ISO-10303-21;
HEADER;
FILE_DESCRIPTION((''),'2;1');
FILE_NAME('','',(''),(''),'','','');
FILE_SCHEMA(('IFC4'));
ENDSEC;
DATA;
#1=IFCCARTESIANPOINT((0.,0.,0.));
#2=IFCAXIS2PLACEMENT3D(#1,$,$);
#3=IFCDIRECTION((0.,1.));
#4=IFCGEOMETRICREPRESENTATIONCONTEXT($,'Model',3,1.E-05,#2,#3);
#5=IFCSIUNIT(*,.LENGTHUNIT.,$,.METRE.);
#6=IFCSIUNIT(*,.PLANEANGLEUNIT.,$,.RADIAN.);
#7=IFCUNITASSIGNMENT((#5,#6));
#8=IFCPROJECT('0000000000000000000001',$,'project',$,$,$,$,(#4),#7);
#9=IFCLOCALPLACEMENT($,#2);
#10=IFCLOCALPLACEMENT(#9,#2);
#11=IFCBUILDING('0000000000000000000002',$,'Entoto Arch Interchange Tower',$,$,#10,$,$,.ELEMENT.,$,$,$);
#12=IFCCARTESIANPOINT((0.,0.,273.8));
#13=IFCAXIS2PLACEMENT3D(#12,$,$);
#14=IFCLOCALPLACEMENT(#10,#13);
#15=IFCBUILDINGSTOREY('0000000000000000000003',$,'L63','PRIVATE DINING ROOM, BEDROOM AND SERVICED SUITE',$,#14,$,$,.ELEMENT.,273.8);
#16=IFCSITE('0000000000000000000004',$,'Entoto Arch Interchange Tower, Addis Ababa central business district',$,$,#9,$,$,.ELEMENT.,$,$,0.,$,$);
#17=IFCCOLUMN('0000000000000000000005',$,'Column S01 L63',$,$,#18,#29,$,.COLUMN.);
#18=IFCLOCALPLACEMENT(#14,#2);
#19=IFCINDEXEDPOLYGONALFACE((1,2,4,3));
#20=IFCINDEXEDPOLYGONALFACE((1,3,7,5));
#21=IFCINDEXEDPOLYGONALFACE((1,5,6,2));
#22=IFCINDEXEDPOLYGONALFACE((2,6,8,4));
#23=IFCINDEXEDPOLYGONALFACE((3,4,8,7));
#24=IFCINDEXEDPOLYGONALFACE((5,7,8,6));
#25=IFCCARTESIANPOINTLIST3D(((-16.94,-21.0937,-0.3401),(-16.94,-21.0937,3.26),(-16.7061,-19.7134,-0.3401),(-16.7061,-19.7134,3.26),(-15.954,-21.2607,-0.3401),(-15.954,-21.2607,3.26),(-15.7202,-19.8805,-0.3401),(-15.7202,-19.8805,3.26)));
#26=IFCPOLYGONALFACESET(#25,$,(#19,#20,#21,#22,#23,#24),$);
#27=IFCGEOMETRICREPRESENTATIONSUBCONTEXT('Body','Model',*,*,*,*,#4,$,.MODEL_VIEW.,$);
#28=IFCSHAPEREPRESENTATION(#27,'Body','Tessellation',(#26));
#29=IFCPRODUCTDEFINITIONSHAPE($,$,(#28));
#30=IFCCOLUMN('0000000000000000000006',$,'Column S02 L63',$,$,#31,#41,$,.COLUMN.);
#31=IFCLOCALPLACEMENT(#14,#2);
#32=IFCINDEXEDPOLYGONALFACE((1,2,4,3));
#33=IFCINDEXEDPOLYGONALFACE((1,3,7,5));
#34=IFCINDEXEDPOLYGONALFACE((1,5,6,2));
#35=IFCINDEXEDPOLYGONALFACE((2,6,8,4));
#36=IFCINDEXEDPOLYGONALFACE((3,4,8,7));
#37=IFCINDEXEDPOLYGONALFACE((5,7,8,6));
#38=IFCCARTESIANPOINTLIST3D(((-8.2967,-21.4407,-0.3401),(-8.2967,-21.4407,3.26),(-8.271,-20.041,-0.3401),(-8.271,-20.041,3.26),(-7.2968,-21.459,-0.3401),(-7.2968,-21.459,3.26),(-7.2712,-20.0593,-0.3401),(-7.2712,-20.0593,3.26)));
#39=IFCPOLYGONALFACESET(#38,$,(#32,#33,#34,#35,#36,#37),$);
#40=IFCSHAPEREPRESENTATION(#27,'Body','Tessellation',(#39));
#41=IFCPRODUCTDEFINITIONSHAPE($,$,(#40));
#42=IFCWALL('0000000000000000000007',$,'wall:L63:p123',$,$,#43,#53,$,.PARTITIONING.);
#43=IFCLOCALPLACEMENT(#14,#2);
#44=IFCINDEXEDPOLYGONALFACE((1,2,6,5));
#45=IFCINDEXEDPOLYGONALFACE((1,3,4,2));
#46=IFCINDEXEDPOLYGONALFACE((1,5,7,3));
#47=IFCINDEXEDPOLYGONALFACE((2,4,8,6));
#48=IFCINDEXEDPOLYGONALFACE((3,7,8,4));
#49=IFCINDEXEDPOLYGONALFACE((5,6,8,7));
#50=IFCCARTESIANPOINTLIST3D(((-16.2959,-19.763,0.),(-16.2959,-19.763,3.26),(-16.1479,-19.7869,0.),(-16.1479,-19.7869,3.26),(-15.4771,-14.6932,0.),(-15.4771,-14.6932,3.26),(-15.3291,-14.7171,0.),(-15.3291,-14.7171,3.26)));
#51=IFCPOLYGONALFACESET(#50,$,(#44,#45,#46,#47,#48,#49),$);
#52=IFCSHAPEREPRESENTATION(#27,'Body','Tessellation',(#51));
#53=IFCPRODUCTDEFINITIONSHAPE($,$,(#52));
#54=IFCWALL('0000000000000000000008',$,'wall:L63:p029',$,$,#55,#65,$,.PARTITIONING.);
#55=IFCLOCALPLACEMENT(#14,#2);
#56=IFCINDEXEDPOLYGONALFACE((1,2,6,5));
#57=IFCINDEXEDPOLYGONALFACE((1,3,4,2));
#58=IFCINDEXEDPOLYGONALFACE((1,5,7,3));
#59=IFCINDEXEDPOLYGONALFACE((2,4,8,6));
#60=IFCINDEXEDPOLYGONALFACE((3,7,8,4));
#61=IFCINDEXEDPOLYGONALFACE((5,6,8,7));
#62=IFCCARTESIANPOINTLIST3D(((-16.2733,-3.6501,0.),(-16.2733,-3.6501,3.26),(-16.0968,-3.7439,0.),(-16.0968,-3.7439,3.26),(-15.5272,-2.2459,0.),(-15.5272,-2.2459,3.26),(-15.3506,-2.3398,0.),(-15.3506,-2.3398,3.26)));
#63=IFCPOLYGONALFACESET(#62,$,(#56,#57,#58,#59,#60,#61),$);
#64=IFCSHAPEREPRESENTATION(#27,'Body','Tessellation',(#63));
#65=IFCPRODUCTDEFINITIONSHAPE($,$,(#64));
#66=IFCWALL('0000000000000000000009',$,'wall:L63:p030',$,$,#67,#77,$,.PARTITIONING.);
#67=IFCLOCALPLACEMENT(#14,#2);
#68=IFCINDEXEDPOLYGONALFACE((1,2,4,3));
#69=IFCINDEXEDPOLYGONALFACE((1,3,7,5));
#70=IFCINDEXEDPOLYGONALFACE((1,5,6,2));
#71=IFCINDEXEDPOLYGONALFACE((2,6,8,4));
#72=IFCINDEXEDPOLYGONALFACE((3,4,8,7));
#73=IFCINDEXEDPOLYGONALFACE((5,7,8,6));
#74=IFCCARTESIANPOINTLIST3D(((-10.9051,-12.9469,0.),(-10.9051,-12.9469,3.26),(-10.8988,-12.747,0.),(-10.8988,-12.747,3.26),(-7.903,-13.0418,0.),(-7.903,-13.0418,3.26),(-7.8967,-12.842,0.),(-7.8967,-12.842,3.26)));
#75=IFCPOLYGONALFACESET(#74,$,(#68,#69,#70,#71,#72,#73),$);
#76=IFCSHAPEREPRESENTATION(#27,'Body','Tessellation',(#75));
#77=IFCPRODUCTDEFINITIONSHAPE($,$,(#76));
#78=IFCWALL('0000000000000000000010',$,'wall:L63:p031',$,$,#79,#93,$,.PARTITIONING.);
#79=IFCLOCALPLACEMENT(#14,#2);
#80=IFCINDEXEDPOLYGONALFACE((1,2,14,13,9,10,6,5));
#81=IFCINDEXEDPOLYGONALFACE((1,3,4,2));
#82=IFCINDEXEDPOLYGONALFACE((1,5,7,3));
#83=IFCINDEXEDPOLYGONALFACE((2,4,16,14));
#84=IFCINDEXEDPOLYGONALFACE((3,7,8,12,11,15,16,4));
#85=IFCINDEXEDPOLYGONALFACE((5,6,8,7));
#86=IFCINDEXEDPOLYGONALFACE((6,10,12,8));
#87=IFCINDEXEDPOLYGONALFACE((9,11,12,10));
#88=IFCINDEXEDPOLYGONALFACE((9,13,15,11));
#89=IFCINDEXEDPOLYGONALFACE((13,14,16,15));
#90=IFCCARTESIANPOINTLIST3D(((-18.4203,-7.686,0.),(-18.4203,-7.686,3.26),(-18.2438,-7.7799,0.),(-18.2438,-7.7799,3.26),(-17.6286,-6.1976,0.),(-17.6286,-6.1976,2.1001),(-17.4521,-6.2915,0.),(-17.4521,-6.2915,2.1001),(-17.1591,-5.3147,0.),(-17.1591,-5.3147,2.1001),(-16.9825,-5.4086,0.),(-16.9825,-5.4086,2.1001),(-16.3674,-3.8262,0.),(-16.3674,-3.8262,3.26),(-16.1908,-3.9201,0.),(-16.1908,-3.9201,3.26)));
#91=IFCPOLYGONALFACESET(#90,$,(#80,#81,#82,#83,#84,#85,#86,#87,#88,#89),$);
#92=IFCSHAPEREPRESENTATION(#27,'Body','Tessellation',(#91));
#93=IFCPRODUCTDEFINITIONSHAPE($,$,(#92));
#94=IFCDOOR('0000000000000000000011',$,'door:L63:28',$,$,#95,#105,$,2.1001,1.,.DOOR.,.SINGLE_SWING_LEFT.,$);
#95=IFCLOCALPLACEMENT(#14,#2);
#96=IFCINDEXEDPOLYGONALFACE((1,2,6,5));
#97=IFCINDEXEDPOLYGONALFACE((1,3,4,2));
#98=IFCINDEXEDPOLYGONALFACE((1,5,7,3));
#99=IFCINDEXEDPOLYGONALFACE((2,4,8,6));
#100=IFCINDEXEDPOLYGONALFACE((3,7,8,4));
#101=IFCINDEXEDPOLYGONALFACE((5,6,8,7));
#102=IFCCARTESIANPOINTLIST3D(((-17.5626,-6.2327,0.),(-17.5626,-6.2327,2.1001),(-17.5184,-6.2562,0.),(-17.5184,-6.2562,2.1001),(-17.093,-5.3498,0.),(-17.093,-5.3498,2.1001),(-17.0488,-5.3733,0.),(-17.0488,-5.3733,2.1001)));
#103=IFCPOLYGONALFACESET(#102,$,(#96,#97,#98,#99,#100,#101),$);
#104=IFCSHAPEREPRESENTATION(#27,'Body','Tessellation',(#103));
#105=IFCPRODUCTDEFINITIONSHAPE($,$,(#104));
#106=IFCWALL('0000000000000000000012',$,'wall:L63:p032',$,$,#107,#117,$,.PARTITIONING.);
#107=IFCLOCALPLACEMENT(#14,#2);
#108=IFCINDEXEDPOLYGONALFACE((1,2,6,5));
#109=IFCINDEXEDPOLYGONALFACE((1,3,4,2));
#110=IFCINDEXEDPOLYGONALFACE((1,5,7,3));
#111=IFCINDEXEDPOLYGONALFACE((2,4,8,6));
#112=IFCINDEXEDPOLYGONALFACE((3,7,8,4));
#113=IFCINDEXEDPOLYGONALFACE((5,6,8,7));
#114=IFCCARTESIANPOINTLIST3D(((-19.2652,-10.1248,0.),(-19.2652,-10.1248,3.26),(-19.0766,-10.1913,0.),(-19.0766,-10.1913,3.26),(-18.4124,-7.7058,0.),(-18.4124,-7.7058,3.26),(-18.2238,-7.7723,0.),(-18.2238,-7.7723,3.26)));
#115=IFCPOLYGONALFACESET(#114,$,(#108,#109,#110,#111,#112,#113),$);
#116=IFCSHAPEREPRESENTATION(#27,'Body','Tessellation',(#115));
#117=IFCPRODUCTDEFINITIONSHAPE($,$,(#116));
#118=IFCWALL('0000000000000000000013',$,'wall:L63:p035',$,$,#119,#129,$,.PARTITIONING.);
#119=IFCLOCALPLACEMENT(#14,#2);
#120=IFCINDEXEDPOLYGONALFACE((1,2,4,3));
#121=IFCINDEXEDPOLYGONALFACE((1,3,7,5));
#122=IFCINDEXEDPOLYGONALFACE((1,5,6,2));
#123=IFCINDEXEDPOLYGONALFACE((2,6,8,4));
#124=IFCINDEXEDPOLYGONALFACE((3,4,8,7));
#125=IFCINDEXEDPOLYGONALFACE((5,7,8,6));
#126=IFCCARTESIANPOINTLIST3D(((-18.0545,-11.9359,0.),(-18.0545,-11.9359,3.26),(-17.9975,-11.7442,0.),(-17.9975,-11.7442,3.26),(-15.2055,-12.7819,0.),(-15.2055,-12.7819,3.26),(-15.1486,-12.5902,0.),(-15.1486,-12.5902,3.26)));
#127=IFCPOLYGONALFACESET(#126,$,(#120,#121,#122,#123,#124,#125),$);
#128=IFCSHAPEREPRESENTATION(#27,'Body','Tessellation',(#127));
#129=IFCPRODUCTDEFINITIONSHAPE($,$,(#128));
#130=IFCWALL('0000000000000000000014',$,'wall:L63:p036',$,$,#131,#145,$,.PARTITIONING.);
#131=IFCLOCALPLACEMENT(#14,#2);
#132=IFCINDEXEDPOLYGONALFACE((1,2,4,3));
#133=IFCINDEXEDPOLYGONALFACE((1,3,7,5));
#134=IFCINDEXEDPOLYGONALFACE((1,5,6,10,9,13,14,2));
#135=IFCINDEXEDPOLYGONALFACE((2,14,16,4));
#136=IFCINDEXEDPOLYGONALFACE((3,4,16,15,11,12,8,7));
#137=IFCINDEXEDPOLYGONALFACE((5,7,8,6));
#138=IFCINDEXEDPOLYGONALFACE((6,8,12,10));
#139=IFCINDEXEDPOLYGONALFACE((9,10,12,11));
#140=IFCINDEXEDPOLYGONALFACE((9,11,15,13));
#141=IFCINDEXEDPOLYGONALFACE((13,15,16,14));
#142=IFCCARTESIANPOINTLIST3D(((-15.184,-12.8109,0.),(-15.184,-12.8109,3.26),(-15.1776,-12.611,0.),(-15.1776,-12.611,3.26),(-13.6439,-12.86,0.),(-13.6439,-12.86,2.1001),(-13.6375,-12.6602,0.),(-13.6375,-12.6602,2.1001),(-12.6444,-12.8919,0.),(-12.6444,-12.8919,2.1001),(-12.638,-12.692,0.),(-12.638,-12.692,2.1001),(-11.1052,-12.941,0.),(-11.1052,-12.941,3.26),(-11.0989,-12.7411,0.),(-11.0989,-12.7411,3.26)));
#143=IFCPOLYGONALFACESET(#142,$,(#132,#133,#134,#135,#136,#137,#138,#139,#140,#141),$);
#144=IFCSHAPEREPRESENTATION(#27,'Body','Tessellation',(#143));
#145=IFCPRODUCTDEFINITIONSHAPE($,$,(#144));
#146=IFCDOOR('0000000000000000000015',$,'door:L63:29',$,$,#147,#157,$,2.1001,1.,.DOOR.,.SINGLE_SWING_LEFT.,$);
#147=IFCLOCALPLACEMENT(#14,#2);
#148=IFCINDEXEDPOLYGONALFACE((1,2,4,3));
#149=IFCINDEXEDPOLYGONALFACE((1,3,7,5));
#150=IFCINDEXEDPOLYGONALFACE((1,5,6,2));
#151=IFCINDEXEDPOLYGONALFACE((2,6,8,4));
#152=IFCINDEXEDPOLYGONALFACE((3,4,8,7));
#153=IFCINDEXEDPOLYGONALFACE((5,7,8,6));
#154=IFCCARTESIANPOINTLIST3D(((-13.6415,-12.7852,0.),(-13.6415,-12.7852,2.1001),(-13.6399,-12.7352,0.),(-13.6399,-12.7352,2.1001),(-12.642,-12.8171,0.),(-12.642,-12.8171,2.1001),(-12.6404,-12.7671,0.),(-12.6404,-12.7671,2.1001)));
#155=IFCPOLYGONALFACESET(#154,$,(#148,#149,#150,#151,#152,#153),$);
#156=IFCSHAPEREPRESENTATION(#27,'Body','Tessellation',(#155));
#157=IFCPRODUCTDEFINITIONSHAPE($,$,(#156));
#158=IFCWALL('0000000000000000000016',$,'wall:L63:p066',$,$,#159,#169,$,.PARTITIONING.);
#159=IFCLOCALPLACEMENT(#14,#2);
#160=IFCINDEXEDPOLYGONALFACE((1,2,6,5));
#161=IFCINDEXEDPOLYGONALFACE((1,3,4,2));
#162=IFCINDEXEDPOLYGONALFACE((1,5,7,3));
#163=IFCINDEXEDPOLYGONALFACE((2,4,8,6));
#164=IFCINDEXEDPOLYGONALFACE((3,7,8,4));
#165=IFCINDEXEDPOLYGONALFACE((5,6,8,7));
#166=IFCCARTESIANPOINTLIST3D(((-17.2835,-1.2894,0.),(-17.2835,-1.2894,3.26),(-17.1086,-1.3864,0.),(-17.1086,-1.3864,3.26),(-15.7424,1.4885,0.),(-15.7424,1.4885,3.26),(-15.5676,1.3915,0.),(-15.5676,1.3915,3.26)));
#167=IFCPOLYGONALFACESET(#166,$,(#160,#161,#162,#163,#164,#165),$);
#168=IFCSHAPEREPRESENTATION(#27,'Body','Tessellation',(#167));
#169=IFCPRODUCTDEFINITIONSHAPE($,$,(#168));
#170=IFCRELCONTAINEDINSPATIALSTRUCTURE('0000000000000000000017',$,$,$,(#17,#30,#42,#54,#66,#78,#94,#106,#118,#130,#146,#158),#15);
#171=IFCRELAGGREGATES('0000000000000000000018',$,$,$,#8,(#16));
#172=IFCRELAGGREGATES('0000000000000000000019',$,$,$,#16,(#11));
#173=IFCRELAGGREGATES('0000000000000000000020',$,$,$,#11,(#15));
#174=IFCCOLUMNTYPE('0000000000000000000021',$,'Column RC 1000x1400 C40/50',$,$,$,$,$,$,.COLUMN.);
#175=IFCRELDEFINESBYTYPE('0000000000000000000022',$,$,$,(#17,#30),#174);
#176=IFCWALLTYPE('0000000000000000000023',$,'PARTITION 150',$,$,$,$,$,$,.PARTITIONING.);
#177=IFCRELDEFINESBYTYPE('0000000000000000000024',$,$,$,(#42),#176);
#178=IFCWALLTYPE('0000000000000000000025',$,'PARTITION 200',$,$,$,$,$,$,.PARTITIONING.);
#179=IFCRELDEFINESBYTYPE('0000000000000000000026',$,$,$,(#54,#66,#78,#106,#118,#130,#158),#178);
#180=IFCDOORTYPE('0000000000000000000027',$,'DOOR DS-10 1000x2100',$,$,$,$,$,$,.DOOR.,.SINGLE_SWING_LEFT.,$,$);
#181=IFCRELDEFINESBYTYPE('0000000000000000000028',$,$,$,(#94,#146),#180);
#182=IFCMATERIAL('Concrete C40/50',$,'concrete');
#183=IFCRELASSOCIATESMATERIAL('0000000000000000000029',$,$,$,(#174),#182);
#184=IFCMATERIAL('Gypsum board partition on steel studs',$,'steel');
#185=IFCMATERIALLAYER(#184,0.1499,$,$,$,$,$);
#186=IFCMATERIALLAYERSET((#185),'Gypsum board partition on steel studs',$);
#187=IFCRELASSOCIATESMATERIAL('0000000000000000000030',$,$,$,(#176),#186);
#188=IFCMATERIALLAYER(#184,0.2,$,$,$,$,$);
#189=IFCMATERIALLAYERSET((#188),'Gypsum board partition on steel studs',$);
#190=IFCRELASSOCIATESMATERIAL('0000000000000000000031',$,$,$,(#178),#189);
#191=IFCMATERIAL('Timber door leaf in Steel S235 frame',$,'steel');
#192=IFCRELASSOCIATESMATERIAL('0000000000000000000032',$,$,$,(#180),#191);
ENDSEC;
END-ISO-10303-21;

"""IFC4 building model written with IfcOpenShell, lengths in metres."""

from ifc_helpers import new_model, si_unit, direction, frame, frame_2d, origin, origin_2d, place, context, subcontext, project, spatial, rectangle, extrude, material, layer, layer_set, material_profile, profile_set, type_object, element, fill, save


model = new_model("IFC4")

# Units and contexts
model_context = context("Model", 3, precision=1e-05, world=origin(), true_north=direction((0.0, 1.0)))
body_context = subcontext(model_context, "Body", "Model", "MODEL_VIEW")
ifc_project = project(units=[si_unit("LENGTHUNIT", "METRE"), si_unit("PLANEANGLEUNIT", "RADIAN")], contexts=[model_context])

# Site, building, storey
site_placement = place(None, origin())
site = spatial("IfcSite", under=ifc_project, at=site_placement, Name="Entoto Arch Interchange Tower, Addis Ababa central business district", CompositionType="ELEMENT", RefElevation=0.0)
building_placement = place(site_placement, origin())
building = spatial("IfcBuilding", under=site, at=building_placement, Name="Entoto Arch Interchange Tower", CompositionType="ELEMENT")
storey_placement = place(building_placement, frame((0.0, 0.0, 273.8)))
storey = spatial("IfcBuildingStorey", under=building, at=storey_placement, Name="L63", Description="PRIVATE DINING ROOM, BEDROOM AND SERVICED SUITE", CompositionType="ELEMENT", Elevation=273.8)

# Columns
ifc_material_1 = material(Name="Concrete C40/50", Category="concrete")
ifc_material_profile = material_profile(ifc_material_1, rectangle(XDim=1.0, YDim=1.3999, at=origin_2d()))
ifc_profile_set = profile_set([ifc_material_profile], Name="Concrete C40/50")
column_type = type_object("IfcColumnType", Name="Column RC 1000x1400 C40/50", PredefinedType="COLUMN", material=ifc_profile_set)
for number, where, z_axis, x_axis, name in (
    (1, (-16.3301, -20.4871, -0.3401), (0.0, 0.0, 1.0), (-0.985952, 0.167027, 0.0), "Column S01 L63"),
    (2, (-7.7839, -20.75, -0.3401), (0.0, 0.0, 1.0), (-0.999833, 0.01829, 0.0), "Column S02 L63"),
):
    element("IfcColumn", number, at=place(storey_placement, frame(where, z_axis=z_axis, x_axis=x_axis)), inside=storey, type_object=column_type, Name=name, PredefinedType="COLUMN", context=body_context, shape_type="SweptSolid", body=[
        extrude(rectangle(XDim=1.0, YDim=1.3999, at=origin_2d()), origin(), (0.0, 0.0, 1.0), 3.6001),
    ])

# Walls
ifc_material_2 = material(Name="Gypsum board partition on steel studs", Category="steel")
ifc_layer_1 = layer(ifc_material_2, 0.1499)
ifc_layer_set_1 = layer_set([ifc_layer_1], Name="Gypsum board partition on steel studs")
wall_type_1 = type_object("IfcWallType", Name="PARTITION 150", PredefinedType="PARTITIONING", material=ifc_layer_set_1)
wall_1_placement = place(storey_placement, frame((-15.4031, -14.7051, 0.0), z_axis=(0.0, 0.0, 1.0), x_axis=(-0.159448, -0.987206, 0.0)))
element("IfcWall", 3, at=wall_1_placement, inside=storey, type_object=wall_type_1, Name="wall:L63:p123", PredefinedType="PARTITIONING", context=body_context, shape_type="SweptSolid", body=[
    extrude(rectangle(XDim=5.1355, YDim=0.1499, at=frame_2d((2.5679, 0.0))), origin(), (0.0, 0.0, 1.0), 3.26),
])
ifc_layer_2 = layer(ifc_material_2, 0.2)
ifc_layer_set_2 = layer_set([ifc_layer_2], Name="Gypsum board partition on steel studs")
wall_type_2 = type_object("IfcWallType", Name="PARTITION 200", PredefinedType="PARTITIONING", material=ifc_layer_set_2)
wall_2_placement = place(storey_placement, frame((-15.439, -2.293, 0.0), z_axis=(0.0, 0.0, 1.0), x_axis=(-0.469249, -0.883066, 0.0)))
element("IfcWall", 4, at=wall_2_placement, inside=storey, type_object=wall_type_2, Name="wall:L63:p029", PredefinedType="PARTITIONING", context=body_context, shape_type="SweptSolid", body=[
    extrude(rectangle(XDim=1.5901, YDim=0.2, at=frame_2d((0.7949, 0.0))), origin(), (0.0, 0.0, 1.0), 3.26),
])
wall_3_placement = place(storey_placement, frame((-10.9021, -12.8469, 0.0), z_axis=(0.0, 0.0, 1.0), x_axis=(0.9995, -0.031618, 0.0)))
element("IfcWall", 5, at=wall_3_placement, inside=storey, type_object=wall_type_2, Name="wall:L63:p030", PredefinedType="PARTITIONING", context=body_context, shape_type="SweptSolid", body=[
    extrude(rectangle(XDim=3.0037, YDim=0.2, at=frame_2d((1.502, 0.0))), origin(), (0.0, 0.0, 1.0), 3.26),
])

# Wall, opening, door
wall_4_placement = place(storey_placement, frame((-16.2791, -3.873, 0.0), z_axis=(0.0, 0.0, 1.0), x_axis=(-0.469588, -0.882886, 0.0)))
wall_4 = element("IfcWall", 6, at=wall_4_placement, inside=storey, type_object=wall_type_2, Name="wall:L63:p031", PredefinedType="PARTITIONING", context=body_context, shape_type="SweptSolid", body=[
    extrude(rectangle(XDim=4.3718, YDim=0.2, at=frame_2d((2.186, 0.0))), origin(), (0.0, 0.0, 1.0), 3.26),
])
opening_1_placement = place(wall_4_placement, frame((1.686, 0.0, 0.0)))
opening_1 = element("IfcOpeningElement", 7, at=opening_1_placement, cuts=wall_4, PredefinedType="OPENING", context=body_context, shape_type="SweptSolid", body=[
    extrude(rectangle(XDim=1.0, YDim=2.1001, at=frame_2d((0.5, 1.05))), frame((0.0, 0.1099, 0.0), z_axis=(0.0, -1.0, 0.0), x_axis=(1.0, 0.0, 0.0)), (0.0, 0.0, 1.0), 0.22),
])
ifc_material_3 = material(Name="Timber door leaf in Steel S235 frame", Category="steel")
door_type = type_object("IfcDoorType", Name="DOOR DS-10 1000x2100", OperationType="SINGLE_SWING_LEFT", PredefinedType="DOOR", material=ifc_material_3)
door_1_placement = place(opening_1_placement, origin())
door_1 = element("IfcDoor", 8, at=door_1_placement, inside=storey, type_object=door_type, Name="door:L63:28", OperationType="SINGLE_SWING_LEFT", OverallHeight=2.1001, OverallWidth=1.0, PredefinedType="DOOR", context=body_context, shape_type="SweptSolid", body=[
    extrude(rectangle(XDim=1.0, YDim=2.1001, at=frame_2d((0.5, 1.05))), frame((0.0, 0.0249, 0.0), z_axis=(0.0, -1.0, 0.0), x_axis=(1.0, 0.0, 0.0)), (0.0, 0.0, 1.0), 0.05),
])
fill(opening_1, door_1)

# Walls
wall_5_placement = place(storey_placement, frame((-18.3181, -7.739, 0.0), z_axis=(0.0, 0.0, 1.0), x_axis=(-0.332487, -0.943108, 0.0)))
element("IfcWall", 9, at=wall_5_placement, inside=storey, type_object=wall_type_2, Name="wall:L63:p032", PredefinedType="PARTITIONING", context=body_context, shape_type="SweptSolid", body=[
    extrude(rectangle(XDim=2.5649, YDim=0.2, at=frame_2d((1.2825, 0.0))), origin(), (0.0, 0.0, 1.0), 3.26),
])
wall_6_placement = place(storey_placement, frame((-18.0259, -11.8401, 0.0), z_axis=(0.0, 0.0, 1.0), x_axis=(0.95863, -0.284656, 0.0)))
element("IfcWall", 10, at=wall_6_placement, inside=storey, type_object=wall_type_2, Name="wall:L63:p035", PredefinedType="PARTITIONING", context=body_context, shape_type="SweptSolid", body=[
    extrude(rectangle(XDim=2.9719, YDim=0.2, at=frame_2d((1.4858, 0.0))), origin(), (0.0, 0.0, 1.0), 3.26),
])

# Wall, opening, door
wall_7_placement = place(storey_placement, frame((-15.1809, -12.7109, 0.0), z_axis=(0.0, 0.0, 1.0), x_axis=(0.999491, -0.031887, 0.0)))
wall_7 = element("IfcWall", 11, at=wall_7_placement, inside=storey, type_object=wall_type_2, Name="wall:L63:p036", PredefinedType="PARTITIONING", context=body_context, shape_type="SweptSolid", body=[
    extrude(rectangle(XDim=4.0808, YDim=0.2, at=frame_2d((2.0405, 0.0))), origin(), (0.0, 0.0, 1.0), 3.26),
])
opening_2_placement = place(wall_7_placement, frame((1.541, 0.0, 0.0)))
opening_2 = element("IfcOpeningElement", 12, at=opening_2_placement, cuts=wall_7, PredefinedType="OPENING", context=body_context, shape_type="SweptSolid", body=[
    extrude(rectangle(XDim=1.0, YDim=2.1001, at=frame_2d((0.5, 1.05))), frame((0.0, 0.1099, 0.0), z_axis=(0.0, -1.0, 0.0), x_axis=(1.0, 0.0, 0.0)), (0.0, 0.0, 1.0), 0.22),
])
door_2_placement = place(opening_2_placement, origin())
door_2 = element("IfcDoor", 13, at=door_2_placement, inside=storey, type_object=door_type, Name="door:L63:29", OperationType="SINGLE_SWING_LEFT", OverallHeight=2.1001, OverallWidth=1.0, PredefinedType="DOOR", context=body_context, shape_type="SweptSolid", body=[
    extrude(rectangle(XDim=1.0, YDim=2.1001, at=frame_2d((0.5, 1.05))), frame((0.0, 0.0249, 0.0), z_axis=(0.0, -1.0, 0.0), x_axis=(1.0, 0.0, 0.0)), (0.0, 0.0, 1.0), 0.05),
])
fill(opening_2, door_2)

# Wall
wall_8_placement = place(storey_placement, frame((-17.196, -1.3379, 0.0), z_axis=(0.0, 0.0, 1.0), x_axis=(0.485108, 0.874454, 0.0)))
element("IfcWall", 14, at=wall_8_placement, inside=storey, type_object=wall_type_2, Name="wall:L63:p066", PredefinedType="PARTITIONING", context=body_context, shape_type="SweptSolid", body=[
    extrude(rectangle(XDim=3.1768, YDim=0.2, at=frame_2d((1.5884, 0.0))), origin(), (0.0, 0.0, 1.0), 3.26),
])

save(model, "model.ifc")
